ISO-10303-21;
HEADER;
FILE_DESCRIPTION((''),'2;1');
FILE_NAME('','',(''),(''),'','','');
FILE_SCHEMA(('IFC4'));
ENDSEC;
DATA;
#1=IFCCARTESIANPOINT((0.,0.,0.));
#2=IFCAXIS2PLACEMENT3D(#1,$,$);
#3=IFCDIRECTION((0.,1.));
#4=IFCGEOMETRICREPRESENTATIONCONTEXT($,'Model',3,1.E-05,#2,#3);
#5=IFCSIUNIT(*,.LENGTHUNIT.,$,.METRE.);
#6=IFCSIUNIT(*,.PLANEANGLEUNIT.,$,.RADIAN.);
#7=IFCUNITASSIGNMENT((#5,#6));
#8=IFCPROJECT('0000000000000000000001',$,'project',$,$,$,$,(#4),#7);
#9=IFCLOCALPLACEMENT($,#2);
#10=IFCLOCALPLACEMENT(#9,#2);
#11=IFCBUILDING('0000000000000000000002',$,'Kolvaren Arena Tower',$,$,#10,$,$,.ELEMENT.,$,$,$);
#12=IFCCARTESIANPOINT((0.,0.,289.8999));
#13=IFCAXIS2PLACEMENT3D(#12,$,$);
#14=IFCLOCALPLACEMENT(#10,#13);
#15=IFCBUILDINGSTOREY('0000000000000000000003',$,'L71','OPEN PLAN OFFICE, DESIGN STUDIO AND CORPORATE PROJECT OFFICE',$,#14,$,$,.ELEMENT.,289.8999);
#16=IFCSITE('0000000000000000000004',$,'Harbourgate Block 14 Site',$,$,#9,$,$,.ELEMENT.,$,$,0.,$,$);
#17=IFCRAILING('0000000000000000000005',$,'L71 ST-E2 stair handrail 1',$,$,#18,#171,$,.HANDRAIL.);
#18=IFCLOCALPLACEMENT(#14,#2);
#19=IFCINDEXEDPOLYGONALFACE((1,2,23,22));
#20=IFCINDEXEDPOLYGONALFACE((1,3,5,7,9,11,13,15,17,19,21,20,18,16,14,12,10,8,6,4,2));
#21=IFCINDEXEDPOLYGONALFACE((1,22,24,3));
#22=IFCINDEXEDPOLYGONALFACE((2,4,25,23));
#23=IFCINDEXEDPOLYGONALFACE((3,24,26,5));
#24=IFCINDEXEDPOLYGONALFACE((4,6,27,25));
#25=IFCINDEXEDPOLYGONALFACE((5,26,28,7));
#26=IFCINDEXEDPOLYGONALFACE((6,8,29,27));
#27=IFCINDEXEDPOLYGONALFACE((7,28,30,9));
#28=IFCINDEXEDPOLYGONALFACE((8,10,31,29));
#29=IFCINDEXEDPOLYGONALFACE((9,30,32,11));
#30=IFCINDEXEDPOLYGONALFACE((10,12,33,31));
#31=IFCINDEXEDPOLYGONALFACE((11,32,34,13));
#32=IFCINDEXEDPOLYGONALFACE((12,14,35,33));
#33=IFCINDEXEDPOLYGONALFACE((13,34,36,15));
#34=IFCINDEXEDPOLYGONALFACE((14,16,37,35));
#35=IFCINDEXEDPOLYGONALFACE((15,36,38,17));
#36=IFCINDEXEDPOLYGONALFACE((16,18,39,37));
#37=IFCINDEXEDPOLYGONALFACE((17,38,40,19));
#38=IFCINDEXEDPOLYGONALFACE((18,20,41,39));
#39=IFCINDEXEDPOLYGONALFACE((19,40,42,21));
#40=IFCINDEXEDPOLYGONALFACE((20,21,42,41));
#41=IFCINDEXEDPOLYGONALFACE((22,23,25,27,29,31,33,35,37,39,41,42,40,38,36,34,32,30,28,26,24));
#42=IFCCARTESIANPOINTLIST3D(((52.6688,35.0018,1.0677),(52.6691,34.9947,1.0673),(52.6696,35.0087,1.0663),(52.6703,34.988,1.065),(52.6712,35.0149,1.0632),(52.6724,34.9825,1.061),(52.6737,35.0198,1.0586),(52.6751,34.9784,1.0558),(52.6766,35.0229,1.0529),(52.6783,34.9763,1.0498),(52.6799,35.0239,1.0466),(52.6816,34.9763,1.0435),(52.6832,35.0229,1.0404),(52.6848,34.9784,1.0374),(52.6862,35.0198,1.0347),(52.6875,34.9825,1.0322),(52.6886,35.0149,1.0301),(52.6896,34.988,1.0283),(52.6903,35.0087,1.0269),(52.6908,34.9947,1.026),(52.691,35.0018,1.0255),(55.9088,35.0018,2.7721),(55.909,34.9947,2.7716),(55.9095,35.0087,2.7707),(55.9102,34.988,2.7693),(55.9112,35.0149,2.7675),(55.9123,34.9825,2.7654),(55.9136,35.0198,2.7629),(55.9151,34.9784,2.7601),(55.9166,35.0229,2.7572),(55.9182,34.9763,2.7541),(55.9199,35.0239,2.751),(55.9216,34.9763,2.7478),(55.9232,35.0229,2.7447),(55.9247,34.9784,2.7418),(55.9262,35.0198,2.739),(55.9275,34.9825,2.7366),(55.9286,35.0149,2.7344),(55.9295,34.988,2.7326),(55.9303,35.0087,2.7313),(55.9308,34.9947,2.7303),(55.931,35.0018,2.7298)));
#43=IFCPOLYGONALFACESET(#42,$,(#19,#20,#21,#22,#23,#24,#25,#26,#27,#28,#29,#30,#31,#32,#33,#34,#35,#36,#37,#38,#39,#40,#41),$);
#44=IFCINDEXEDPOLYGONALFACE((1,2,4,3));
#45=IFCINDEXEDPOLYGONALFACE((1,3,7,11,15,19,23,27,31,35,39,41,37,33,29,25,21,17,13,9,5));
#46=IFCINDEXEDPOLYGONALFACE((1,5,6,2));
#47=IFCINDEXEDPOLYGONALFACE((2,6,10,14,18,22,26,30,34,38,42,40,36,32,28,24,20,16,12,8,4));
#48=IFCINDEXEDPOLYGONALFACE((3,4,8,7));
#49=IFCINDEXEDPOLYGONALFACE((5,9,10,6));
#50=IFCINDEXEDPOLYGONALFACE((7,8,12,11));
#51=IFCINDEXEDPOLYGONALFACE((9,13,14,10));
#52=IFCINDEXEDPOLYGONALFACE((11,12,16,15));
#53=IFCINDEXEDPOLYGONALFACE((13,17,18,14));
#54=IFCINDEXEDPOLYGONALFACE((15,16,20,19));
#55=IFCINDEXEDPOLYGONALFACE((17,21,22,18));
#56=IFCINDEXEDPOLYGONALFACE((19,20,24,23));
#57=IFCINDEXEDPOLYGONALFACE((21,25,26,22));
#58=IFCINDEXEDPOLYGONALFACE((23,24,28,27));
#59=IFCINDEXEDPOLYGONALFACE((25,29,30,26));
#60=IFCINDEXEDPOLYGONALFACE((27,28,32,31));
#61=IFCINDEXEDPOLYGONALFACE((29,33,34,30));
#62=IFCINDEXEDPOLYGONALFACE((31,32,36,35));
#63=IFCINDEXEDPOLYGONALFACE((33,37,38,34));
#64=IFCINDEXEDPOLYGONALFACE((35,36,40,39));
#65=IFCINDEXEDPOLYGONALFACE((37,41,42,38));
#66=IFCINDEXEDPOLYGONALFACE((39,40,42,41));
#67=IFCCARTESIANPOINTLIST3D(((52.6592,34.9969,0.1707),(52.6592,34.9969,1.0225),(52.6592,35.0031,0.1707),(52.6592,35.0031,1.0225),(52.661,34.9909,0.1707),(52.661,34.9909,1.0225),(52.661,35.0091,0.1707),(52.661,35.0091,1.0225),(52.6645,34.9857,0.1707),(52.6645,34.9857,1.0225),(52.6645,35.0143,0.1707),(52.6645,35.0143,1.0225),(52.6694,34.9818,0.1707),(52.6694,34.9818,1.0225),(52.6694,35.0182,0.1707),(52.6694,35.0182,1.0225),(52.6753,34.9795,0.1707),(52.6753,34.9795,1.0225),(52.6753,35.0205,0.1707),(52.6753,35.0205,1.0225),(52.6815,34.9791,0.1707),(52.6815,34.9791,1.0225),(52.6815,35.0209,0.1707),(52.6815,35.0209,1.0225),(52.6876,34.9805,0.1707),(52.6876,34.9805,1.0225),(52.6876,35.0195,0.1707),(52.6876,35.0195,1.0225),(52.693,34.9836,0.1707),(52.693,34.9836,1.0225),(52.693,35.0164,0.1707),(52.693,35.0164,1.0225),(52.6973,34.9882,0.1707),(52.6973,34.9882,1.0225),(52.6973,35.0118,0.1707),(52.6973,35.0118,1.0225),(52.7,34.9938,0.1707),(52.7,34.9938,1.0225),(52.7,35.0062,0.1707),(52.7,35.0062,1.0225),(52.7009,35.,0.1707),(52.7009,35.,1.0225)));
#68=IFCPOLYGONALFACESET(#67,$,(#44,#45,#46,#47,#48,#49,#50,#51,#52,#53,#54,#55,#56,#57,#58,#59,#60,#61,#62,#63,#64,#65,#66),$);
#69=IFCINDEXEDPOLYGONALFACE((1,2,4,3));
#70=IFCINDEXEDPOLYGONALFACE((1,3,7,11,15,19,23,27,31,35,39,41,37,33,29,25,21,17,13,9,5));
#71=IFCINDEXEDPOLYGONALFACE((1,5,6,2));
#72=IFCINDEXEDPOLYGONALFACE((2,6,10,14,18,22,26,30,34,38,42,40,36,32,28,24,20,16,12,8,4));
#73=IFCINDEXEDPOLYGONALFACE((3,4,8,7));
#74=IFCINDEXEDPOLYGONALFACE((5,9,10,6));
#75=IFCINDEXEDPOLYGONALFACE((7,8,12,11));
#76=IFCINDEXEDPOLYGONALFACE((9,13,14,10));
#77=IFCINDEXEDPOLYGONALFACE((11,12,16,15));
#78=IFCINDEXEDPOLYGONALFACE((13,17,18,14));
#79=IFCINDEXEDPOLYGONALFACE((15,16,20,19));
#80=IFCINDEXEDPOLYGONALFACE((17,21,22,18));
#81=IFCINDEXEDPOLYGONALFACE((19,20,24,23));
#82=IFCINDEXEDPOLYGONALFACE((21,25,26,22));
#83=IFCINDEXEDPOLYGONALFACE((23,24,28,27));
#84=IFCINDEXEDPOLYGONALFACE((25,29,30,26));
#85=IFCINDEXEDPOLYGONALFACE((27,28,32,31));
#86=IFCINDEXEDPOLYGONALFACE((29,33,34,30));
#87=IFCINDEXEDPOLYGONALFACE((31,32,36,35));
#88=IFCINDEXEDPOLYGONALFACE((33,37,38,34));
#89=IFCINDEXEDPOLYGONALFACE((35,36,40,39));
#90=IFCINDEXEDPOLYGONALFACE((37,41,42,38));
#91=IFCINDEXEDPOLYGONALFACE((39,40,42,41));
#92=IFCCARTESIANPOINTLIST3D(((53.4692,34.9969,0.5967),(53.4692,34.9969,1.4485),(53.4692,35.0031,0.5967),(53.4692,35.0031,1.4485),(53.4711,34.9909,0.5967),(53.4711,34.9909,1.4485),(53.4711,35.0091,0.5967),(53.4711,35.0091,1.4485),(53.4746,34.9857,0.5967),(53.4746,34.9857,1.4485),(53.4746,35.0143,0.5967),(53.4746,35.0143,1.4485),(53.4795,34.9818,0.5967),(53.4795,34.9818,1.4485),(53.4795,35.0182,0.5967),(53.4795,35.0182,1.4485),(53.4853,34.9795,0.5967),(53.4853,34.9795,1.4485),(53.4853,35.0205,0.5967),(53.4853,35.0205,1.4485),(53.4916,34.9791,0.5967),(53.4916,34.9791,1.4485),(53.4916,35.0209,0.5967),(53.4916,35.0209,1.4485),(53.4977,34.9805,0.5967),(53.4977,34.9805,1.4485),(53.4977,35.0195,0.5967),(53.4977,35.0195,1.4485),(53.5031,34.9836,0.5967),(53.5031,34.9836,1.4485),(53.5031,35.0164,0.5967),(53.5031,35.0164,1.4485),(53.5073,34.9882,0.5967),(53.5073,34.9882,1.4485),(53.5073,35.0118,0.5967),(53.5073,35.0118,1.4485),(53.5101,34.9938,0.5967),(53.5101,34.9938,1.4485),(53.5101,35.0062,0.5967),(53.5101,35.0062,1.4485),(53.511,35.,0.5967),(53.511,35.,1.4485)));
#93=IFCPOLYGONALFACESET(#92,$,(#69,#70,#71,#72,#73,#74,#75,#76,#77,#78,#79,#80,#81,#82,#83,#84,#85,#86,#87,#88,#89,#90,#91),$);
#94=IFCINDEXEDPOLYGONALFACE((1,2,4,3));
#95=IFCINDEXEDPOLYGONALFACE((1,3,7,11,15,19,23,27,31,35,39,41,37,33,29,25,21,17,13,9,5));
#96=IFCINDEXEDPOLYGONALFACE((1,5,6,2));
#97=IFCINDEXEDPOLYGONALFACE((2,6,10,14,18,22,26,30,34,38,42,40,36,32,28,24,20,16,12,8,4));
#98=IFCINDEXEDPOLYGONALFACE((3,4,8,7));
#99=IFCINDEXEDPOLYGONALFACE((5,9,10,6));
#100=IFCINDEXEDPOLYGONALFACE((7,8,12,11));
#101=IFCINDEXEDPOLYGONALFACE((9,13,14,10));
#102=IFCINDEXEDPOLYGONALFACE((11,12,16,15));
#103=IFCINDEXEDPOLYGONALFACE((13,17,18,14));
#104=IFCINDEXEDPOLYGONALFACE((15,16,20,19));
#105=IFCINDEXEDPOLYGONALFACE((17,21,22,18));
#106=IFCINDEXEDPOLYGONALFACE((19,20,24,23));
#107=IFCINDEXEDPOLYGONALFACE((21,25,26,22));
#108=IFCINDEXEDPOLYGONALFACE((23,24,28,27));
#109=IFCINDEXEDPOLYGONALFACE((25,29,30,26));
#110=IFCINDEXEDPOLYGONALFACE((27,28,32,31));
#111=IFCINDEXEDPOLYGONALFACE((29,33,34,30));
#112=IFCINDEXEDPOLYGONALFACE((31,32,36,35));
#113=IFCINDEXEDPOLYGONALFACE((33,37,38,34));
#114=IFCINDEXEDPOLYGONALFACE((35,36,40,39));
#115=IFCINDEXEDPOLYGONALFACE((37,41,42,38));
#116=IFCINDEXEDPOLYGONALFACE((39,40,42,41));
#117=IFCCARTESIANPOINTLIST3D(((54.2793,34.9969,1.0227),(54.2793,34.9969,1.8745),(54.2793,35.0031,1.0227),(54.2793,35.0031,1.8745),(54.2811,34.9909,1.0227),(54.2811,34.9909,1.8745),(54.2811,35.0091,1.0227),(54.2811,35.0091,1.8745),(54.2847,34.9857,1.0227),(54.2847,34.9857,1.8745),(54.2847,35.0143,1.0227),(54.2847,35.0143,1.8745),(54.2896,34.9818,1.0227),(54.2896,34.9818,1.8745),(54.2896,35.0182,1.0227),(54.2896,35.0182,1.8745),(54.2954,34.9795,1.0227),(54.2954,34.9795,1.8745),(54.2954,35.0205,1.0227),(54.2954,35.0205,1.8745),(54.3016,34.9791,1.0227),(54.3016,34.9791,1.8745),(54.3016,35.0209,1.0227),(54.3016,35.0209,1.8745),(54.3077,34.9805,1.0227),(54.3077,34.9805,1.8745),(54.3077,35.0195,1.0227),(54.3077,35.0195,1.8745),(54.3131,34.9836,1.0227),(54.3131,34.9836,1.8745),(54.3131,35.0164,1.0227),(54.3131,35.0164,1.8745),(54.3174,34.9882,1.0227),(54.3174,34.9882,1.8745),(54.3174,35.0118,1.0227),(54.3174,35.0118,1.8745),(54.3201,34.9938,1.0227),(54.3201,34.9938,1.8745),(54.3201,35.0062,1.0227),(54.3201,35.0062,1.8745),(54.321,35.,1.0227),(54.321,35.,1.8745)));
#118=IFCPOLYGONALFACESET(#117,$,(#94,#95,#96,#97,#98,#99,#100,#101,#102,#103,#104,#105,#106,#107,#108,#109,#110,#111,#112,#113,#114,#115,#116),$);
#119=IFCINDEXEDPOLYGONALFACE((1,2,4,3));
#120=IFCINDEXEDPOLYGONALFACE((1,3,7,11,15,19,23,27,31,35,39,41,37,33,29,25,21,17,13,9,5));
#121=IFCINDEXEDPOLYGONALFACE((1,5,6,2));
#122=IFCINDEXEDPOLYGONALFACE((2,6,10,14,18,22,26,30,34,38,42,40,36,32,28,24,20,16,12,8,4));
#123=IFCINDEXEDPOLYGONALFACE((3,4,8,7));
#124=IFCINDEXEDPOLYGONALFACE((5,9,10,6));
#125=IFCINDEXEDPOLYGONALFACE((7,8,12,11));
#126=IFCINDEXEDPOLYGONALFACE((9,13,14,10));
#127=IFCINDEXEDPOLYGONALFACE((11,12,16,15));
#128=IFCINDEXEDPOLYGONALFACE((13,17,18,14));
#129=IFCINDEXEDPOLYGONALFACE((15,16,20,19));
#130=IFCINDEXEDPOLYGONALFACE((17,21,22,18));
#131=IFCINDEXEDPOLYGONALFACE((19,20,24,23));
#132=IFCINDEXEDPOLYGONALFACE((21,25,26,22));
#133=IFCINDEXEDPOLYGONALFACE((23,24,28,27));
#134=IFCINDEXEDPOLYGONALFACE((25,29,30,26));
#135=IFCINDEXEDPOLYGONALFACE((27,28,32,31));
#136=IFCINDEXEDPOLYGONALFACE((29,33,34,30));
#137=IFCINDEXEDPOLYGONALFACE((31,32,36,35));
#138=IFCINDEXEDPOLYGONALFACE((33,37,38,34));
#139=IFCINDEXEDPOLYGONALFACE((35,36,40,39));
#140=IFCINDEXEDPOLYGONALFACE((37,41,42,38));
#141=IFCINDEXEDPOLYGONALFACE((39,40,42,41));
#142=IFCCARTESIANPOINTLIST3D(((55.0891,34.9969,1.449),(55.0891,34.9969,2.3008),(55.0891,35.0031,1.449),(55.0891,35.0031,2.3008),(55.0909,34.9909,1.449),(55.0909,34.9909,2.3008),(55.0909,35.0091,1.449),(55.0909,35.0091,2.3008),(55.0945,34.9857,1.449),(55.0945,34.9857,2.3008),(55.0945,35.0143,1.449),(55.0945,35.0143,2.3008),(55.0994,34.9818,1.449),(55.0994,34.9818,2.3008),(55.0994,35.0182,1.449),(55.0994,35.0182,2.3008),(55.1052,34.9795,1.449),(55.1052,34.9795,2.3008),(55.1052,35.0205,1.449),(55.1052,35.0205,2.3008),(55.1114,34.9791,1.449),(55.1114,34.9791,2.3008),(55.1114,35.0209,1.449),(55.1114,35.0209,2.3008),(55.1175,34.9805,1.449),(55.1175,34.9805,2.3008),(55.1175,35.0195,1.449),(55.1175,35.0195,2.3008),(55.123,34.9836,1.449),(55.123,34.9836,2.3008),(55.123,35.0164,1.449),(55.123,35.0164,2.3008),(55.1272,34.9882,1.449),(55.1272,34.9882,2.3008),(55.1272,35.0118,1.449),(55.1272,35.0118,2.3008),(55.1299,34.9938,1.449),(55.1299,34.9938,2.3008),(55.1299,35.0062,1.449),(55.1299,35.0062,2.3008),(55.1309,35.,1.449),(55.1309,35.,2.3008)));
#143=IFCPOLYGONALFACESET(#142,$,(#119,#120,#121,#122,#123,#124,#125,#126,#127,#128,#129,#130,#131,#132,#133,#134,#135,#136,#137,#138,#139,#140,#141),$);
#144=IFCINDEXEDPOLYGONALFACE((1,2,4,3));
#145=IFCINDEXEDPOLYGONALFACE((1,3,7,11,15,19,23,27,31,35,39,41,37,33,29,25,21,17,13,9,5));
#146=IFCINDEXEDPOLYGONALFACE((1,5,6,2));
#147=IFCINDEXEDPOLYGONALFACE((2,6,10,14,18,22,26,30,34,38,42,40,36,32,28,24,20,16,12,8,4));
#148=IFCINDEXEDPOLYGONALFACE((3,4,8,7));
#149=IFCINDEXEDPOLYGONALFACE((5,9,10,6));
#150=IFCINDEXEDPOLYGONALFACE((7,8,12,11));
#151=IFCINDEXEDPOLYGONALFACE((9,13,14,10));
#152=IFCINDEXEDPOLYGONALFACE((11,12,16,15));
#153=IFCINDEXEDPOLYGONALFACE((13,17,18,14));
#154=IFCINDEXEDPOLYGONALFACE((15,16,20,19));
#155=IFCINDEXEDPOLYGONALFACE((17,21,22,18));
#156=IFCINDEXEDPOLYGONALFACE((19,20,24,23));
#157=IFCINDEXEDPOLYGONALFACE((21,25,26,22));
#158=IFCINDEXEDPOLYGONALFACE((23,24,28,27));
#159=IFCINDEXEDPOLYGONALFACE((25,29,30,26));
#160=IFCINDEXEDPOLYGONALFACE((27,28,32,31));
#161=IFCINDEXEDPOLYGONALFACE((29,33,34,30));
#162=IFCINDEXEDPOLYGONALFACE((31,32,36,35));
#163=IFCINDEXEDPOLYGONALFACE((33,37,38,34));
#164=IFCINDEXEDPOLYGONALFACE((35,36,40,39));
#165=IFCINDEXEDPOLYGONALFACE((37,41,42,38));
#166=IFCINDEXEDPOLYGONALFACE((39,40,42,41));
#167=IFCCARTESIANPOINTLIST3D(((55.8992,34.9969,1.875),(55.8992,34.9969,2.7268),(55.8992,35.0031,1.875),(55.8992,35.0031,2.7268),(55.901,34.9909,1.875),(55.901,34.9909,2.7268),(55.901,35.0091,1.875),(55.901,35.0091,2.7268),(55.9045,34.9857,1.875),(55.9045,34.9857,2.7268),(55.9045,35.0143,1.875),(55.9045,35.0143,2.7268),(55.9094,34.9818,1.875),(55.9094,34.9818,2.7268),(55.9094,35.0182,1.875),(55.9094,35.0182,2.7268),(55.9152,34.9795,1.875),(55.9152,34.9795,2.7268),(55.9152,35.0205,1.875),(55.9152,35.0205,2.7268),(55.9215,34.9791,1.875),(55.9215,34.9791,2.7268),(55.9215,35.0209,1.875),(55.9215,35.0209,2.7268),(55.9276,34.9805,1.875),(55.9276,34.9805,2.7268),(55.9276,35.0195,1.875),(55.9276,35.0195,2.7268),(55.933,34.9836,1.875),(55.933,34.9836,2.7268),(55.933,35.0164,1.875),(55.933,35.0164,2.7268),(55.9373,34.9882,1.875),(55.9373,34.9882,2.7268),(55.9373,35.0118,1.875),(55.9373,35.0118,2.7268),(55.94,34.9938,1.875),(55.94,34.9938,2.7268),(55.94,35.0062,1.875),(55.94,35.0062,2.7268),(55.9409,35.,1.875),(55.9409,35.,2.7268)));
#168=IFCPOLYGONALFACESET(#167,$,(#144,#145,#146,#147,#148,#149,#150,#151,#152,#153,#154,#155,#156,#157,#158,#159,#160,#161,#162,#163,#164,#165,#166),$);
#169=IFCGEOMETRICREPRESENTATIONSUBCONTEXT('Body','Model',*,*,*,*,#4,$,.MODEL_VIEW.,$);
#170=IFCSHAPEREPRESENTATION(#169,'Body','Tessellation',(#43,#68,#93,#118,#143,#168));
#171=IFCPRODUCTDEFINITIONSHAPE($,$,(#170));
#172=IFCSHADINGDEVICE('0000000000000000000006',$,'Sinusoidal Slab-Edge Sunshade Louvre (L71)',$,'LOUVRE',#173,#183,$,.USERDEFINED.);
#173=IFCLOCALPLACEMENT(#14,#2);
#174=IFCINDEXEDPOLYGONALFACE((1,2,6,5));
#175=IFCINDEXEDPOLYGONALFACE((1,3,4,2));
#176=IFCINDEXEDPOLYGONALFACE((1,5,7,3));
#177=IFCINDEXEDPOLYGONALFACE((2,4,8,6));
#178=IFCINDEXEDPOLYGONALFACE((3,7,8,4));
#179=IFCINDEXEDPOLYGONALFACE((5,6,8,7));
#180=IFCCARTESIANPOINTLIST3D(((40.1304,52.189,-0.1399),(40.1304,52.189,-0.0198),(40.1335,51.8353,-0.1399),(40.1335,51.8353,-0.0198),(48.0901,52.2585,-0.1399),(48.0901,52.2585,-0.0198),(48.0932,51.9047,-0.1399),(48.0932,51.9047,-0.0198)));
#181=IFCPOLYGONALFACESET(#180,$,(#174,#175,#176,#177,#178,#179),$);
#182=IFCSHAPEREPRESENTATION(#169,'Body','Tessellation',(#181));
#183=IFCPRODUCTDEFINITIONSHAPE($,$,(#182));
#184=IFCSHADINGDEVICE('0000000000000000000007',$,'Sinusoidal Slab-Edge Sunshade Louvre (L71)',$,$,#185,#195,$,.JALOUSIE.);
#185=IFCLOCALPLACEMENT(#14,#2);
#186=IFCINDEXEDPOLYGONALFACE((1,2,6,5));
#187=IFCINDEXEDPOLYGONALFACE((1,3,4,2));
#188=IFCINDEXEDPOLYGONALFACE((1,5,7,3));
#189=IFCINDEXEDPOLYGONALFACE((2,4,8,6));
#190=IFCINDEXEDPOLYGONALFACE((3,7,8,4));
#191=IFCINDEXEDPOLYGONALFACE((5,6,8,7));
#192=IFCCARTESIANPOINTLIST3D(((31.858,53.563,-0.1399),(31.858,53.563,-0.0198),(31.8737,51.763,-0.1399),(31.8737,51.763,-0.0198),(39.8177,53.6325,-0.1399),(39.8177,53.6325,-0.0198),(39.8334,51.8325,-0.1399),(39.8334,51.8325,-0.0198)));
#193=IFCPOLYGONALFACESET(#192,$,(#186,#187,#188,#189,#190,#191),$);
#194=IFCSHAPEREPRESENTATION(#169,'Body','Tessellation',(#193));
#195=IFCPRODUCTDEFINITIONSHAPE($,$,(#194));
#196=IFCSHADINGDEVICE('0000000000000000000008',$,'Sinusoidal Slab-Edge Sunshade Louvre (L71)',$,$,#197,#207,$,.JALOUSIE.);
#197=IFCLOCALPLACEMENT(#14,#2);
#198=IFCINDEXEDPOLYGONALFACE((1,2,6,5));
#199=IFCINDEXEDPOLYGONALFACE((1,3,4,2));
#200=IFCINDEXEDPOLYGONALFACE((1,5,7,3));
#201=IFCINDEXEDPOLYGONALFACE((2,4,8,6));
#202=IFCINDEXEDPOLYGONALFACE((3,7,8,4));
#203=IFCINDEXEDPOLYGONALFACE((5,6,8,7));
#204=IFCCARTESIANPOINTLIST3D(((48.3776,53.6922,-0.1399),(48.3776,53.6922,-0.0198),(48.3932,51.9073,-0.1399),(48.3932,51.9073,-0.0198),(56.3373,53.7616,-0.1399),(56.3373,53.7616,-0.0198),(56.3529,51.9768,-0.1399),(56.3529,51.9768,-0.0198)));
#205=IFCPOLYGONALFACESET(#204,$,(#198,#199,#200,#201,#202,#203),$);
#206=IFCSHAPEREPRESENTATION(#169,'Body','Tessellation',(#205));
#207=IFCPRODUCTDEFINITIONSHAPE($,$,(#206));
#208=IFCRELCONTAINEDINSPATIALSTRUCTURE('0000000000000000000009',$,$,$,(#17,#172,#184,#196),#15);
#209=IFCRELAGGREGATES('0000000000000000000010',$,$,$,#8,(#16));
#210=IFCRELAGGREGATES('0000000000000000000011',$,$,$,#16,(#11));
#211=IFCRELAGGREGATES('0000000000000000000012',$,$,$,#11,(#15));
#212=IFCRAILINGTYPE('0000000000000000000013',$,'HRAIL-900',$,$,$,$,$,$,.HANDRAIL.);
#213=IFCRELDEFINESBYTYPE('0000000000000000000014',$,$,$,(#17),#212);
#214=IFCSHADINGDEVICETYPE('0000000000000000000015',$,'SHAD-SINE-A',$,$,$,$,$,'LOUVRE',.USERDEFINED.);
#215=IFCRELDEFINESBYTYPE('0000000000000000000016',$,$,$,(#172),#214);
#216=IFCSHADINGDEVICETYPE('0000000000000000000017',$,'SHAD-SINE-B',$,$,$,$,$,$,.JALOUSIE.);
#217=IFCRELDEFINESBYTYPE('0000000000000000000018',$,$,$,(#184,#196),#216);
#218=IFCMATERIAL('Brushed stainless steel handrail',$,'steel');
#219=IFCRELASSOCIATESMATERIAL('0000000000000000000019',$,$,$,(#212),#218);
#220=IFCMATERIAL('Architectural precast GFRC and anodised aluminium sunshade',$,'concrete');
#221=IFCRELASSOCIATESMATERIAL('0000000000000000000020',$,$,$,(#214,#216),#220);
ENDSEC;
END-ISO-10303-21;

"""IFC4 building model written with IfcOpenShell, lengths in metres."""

from ifc_helpers import new_model, si_unit, direction, frame, origin, origin_2d, place, context, subcontext, project, spatial, rectangle, circle, extrude, material, type_object, element, save


model = new_model("IFC4")

# Units and contexts
model_context = context("Model", 3, precision=1e-05, world=origin(), true_north=direction((0.0, 1.0)))
body_context = subcontext(model_context, "Body", "Model", "MODEL_VIEW")
ifc_project = project(units=[si_unit("LENGTHUNIT", "METRE"), si_unit("PLANEANGLEUNIT", "RADIAN")], contexts=[model_context])

# Site, building, storey
site_placement = place(None, origin())
site = spatial("IfcSite", under=ifc_project, at=site_placement, Name="Harbourgate Block 14 Site", CompositionType="ELEMENT", RefElevation=0.0)
building_placement = place(site_placement, origin())
building = spatial("IfcBuilding", under=site, at=building_placement, Name="Kolvaren Arena Tower", CompositionType="ELEMENT")
storey_placement = place(building_placement, frame((0.0, 0.0, 289.8999)))
storey = spatial("IfcBuildingStorey", under=building, at=storey_placement, Name="L71", Description="OPEN PLAN OFFICE, DESIGN STUDIO AND CORPORATE PROJECT OFFICE", CompositionType="ELEMENT", Elevation=289.8999)

# Railing
ifc_material_1 = material(Name="Brushed stainless steel handrail", Category="steel")
railing_type_1 = type_object("IfcRailingType", Name="HRAIL-900", PredefinedType="HANDRAIL", material=ifc_material_1)
for number, where, name in (
    (1, (52.6799, 35.0, 0.1707), "L71 ST-E2 stair handrail 1"),
):
    element("IfcRailing", number, at=place(storey_placement, frame(where)), inside=storey, type_object=railing_type_1, Name=name, PredefinedType="HANDRAIL", context=body_context, shape_type="SweptSolid", body=[
        extrude(circle(Radius=0.0239, at=origin_2d()), frame((0.0, 0.0, 0.876), z_axis=(0.885021, 0.0, 0.465551), x_axis=(0.0, 1.0, 0.0)), (0.0, 0.0, 1.0), 3.6609),
        extrude(circle(Radius=0.021, at=origin_2d()), origin(), (0.0, 0.0, 1.0), 0.8518),
        extrude(circle(Radius=0.021, at=origin_2d()), frame((0.8101, 0.0, 0.426)), (0.0, 0.0, 1.0), 0.8518),
        extrude(circle(Radius=0.021, at=origin_2d()), frame((1.6201, 0.0, 0.8521)), (0.0, 0.0, 1.0), 0.8518),
        extrude(circle(Radius=0.021, at=origin_2d()), frame((2.4299, 0.0, 1.2783)), (0.0, 0.0, 1.0), 0.8518),
        extrude(circle(Radius=0.021, at=origin_2d()), frame((3.24, 0.0, 1.7043)), (0.0, 0.0, 1.0), 0.8518),
    ])

# Shading devices
ifc_material_2 = material(Name="Architectural precast GFRC and anodised aluminium sunshade", Category="concrete")
shading_device_type_1 = type_object("IfcShadingDeviceType", Name="SHAD-SINE-A", ElementType="LOUVRE", PredefinedType="USERDEFINED", material=ifc_material_2)
shading_device_1_placement = place(storey_placement, frame((44.1118, 52.0469, -0.1399), z_axis=(0.0, 0.0, 1.0), x_axis=(0.999962, 0.008727, 0.0)))
element("IfcShadingDevice", 2, at=shading_device_1_placement, inside=storey, type_object=shading_device_type_1, Name="Sinusoidal Slab-Edge Sunshade Louvre (L71)", ObjectType="LOUVRE", PredefinedType="USERDEFINED", context=body_context, shape_type="SweptSolid", body=[
    extrude(rectangle(XDim=7.96, YDim=0.3538, at=origin_2d()), origin(), (0.0, 0.0, 1.0), 0.1201),
])
shading_device_type_2 = type_object("IfcShadingDeviceType", Name="SHAD-SINE-B", PredefinedType="JALOUSIE", material=ifc_material_2)
shading_device_2_placement = place(storey_placement, frame((35.8457, 52.6978, -0.1399), z_axis=(0.0, 0.0, 1.0), x_axis=(0.999962, 0.008727, 0.0)))
element("IfcShadingDevice", 3, at=shading_device_2_placement, inside=storey, type_object=shading_device_type_2, Name="Sinusoidal Slab-Edge Sunshade Louvre (L71)", PredefinedType="JALOUSIE", context=body_context, shape_type="SweptSolid", body=[
    extrude(rectangle(XDim=7.96, YDim=1.8, at=origin_2d()), origin(), (0.0, 0.0, 1.0), 0.1201),
])
shading_device_3_placement = place(storey_placement, frame((52.3652, 52.8345, -0.1399), z_axis=(0.0, 0.0, 1.0), x_axis=(0.999962, 0.008727, 0.0)))
element("IfcShadingDevice", 4, at=shading_device_3_placement, inside=storey, type_object=shading_device_type_2, Name="Sinusoidal Slab-Edge Sunshade Louvre (L71)", PredefinedType="JALOUSIE", context=body_context, shape_type="SweptSolid", body=[
    extrude(rectangle(XDim=7.96, YDim=1.7849, at=origin_2d()), origin(), (0.0, 0.0, 1.0), 0.1201),
])

save(model, "model.ifc")
